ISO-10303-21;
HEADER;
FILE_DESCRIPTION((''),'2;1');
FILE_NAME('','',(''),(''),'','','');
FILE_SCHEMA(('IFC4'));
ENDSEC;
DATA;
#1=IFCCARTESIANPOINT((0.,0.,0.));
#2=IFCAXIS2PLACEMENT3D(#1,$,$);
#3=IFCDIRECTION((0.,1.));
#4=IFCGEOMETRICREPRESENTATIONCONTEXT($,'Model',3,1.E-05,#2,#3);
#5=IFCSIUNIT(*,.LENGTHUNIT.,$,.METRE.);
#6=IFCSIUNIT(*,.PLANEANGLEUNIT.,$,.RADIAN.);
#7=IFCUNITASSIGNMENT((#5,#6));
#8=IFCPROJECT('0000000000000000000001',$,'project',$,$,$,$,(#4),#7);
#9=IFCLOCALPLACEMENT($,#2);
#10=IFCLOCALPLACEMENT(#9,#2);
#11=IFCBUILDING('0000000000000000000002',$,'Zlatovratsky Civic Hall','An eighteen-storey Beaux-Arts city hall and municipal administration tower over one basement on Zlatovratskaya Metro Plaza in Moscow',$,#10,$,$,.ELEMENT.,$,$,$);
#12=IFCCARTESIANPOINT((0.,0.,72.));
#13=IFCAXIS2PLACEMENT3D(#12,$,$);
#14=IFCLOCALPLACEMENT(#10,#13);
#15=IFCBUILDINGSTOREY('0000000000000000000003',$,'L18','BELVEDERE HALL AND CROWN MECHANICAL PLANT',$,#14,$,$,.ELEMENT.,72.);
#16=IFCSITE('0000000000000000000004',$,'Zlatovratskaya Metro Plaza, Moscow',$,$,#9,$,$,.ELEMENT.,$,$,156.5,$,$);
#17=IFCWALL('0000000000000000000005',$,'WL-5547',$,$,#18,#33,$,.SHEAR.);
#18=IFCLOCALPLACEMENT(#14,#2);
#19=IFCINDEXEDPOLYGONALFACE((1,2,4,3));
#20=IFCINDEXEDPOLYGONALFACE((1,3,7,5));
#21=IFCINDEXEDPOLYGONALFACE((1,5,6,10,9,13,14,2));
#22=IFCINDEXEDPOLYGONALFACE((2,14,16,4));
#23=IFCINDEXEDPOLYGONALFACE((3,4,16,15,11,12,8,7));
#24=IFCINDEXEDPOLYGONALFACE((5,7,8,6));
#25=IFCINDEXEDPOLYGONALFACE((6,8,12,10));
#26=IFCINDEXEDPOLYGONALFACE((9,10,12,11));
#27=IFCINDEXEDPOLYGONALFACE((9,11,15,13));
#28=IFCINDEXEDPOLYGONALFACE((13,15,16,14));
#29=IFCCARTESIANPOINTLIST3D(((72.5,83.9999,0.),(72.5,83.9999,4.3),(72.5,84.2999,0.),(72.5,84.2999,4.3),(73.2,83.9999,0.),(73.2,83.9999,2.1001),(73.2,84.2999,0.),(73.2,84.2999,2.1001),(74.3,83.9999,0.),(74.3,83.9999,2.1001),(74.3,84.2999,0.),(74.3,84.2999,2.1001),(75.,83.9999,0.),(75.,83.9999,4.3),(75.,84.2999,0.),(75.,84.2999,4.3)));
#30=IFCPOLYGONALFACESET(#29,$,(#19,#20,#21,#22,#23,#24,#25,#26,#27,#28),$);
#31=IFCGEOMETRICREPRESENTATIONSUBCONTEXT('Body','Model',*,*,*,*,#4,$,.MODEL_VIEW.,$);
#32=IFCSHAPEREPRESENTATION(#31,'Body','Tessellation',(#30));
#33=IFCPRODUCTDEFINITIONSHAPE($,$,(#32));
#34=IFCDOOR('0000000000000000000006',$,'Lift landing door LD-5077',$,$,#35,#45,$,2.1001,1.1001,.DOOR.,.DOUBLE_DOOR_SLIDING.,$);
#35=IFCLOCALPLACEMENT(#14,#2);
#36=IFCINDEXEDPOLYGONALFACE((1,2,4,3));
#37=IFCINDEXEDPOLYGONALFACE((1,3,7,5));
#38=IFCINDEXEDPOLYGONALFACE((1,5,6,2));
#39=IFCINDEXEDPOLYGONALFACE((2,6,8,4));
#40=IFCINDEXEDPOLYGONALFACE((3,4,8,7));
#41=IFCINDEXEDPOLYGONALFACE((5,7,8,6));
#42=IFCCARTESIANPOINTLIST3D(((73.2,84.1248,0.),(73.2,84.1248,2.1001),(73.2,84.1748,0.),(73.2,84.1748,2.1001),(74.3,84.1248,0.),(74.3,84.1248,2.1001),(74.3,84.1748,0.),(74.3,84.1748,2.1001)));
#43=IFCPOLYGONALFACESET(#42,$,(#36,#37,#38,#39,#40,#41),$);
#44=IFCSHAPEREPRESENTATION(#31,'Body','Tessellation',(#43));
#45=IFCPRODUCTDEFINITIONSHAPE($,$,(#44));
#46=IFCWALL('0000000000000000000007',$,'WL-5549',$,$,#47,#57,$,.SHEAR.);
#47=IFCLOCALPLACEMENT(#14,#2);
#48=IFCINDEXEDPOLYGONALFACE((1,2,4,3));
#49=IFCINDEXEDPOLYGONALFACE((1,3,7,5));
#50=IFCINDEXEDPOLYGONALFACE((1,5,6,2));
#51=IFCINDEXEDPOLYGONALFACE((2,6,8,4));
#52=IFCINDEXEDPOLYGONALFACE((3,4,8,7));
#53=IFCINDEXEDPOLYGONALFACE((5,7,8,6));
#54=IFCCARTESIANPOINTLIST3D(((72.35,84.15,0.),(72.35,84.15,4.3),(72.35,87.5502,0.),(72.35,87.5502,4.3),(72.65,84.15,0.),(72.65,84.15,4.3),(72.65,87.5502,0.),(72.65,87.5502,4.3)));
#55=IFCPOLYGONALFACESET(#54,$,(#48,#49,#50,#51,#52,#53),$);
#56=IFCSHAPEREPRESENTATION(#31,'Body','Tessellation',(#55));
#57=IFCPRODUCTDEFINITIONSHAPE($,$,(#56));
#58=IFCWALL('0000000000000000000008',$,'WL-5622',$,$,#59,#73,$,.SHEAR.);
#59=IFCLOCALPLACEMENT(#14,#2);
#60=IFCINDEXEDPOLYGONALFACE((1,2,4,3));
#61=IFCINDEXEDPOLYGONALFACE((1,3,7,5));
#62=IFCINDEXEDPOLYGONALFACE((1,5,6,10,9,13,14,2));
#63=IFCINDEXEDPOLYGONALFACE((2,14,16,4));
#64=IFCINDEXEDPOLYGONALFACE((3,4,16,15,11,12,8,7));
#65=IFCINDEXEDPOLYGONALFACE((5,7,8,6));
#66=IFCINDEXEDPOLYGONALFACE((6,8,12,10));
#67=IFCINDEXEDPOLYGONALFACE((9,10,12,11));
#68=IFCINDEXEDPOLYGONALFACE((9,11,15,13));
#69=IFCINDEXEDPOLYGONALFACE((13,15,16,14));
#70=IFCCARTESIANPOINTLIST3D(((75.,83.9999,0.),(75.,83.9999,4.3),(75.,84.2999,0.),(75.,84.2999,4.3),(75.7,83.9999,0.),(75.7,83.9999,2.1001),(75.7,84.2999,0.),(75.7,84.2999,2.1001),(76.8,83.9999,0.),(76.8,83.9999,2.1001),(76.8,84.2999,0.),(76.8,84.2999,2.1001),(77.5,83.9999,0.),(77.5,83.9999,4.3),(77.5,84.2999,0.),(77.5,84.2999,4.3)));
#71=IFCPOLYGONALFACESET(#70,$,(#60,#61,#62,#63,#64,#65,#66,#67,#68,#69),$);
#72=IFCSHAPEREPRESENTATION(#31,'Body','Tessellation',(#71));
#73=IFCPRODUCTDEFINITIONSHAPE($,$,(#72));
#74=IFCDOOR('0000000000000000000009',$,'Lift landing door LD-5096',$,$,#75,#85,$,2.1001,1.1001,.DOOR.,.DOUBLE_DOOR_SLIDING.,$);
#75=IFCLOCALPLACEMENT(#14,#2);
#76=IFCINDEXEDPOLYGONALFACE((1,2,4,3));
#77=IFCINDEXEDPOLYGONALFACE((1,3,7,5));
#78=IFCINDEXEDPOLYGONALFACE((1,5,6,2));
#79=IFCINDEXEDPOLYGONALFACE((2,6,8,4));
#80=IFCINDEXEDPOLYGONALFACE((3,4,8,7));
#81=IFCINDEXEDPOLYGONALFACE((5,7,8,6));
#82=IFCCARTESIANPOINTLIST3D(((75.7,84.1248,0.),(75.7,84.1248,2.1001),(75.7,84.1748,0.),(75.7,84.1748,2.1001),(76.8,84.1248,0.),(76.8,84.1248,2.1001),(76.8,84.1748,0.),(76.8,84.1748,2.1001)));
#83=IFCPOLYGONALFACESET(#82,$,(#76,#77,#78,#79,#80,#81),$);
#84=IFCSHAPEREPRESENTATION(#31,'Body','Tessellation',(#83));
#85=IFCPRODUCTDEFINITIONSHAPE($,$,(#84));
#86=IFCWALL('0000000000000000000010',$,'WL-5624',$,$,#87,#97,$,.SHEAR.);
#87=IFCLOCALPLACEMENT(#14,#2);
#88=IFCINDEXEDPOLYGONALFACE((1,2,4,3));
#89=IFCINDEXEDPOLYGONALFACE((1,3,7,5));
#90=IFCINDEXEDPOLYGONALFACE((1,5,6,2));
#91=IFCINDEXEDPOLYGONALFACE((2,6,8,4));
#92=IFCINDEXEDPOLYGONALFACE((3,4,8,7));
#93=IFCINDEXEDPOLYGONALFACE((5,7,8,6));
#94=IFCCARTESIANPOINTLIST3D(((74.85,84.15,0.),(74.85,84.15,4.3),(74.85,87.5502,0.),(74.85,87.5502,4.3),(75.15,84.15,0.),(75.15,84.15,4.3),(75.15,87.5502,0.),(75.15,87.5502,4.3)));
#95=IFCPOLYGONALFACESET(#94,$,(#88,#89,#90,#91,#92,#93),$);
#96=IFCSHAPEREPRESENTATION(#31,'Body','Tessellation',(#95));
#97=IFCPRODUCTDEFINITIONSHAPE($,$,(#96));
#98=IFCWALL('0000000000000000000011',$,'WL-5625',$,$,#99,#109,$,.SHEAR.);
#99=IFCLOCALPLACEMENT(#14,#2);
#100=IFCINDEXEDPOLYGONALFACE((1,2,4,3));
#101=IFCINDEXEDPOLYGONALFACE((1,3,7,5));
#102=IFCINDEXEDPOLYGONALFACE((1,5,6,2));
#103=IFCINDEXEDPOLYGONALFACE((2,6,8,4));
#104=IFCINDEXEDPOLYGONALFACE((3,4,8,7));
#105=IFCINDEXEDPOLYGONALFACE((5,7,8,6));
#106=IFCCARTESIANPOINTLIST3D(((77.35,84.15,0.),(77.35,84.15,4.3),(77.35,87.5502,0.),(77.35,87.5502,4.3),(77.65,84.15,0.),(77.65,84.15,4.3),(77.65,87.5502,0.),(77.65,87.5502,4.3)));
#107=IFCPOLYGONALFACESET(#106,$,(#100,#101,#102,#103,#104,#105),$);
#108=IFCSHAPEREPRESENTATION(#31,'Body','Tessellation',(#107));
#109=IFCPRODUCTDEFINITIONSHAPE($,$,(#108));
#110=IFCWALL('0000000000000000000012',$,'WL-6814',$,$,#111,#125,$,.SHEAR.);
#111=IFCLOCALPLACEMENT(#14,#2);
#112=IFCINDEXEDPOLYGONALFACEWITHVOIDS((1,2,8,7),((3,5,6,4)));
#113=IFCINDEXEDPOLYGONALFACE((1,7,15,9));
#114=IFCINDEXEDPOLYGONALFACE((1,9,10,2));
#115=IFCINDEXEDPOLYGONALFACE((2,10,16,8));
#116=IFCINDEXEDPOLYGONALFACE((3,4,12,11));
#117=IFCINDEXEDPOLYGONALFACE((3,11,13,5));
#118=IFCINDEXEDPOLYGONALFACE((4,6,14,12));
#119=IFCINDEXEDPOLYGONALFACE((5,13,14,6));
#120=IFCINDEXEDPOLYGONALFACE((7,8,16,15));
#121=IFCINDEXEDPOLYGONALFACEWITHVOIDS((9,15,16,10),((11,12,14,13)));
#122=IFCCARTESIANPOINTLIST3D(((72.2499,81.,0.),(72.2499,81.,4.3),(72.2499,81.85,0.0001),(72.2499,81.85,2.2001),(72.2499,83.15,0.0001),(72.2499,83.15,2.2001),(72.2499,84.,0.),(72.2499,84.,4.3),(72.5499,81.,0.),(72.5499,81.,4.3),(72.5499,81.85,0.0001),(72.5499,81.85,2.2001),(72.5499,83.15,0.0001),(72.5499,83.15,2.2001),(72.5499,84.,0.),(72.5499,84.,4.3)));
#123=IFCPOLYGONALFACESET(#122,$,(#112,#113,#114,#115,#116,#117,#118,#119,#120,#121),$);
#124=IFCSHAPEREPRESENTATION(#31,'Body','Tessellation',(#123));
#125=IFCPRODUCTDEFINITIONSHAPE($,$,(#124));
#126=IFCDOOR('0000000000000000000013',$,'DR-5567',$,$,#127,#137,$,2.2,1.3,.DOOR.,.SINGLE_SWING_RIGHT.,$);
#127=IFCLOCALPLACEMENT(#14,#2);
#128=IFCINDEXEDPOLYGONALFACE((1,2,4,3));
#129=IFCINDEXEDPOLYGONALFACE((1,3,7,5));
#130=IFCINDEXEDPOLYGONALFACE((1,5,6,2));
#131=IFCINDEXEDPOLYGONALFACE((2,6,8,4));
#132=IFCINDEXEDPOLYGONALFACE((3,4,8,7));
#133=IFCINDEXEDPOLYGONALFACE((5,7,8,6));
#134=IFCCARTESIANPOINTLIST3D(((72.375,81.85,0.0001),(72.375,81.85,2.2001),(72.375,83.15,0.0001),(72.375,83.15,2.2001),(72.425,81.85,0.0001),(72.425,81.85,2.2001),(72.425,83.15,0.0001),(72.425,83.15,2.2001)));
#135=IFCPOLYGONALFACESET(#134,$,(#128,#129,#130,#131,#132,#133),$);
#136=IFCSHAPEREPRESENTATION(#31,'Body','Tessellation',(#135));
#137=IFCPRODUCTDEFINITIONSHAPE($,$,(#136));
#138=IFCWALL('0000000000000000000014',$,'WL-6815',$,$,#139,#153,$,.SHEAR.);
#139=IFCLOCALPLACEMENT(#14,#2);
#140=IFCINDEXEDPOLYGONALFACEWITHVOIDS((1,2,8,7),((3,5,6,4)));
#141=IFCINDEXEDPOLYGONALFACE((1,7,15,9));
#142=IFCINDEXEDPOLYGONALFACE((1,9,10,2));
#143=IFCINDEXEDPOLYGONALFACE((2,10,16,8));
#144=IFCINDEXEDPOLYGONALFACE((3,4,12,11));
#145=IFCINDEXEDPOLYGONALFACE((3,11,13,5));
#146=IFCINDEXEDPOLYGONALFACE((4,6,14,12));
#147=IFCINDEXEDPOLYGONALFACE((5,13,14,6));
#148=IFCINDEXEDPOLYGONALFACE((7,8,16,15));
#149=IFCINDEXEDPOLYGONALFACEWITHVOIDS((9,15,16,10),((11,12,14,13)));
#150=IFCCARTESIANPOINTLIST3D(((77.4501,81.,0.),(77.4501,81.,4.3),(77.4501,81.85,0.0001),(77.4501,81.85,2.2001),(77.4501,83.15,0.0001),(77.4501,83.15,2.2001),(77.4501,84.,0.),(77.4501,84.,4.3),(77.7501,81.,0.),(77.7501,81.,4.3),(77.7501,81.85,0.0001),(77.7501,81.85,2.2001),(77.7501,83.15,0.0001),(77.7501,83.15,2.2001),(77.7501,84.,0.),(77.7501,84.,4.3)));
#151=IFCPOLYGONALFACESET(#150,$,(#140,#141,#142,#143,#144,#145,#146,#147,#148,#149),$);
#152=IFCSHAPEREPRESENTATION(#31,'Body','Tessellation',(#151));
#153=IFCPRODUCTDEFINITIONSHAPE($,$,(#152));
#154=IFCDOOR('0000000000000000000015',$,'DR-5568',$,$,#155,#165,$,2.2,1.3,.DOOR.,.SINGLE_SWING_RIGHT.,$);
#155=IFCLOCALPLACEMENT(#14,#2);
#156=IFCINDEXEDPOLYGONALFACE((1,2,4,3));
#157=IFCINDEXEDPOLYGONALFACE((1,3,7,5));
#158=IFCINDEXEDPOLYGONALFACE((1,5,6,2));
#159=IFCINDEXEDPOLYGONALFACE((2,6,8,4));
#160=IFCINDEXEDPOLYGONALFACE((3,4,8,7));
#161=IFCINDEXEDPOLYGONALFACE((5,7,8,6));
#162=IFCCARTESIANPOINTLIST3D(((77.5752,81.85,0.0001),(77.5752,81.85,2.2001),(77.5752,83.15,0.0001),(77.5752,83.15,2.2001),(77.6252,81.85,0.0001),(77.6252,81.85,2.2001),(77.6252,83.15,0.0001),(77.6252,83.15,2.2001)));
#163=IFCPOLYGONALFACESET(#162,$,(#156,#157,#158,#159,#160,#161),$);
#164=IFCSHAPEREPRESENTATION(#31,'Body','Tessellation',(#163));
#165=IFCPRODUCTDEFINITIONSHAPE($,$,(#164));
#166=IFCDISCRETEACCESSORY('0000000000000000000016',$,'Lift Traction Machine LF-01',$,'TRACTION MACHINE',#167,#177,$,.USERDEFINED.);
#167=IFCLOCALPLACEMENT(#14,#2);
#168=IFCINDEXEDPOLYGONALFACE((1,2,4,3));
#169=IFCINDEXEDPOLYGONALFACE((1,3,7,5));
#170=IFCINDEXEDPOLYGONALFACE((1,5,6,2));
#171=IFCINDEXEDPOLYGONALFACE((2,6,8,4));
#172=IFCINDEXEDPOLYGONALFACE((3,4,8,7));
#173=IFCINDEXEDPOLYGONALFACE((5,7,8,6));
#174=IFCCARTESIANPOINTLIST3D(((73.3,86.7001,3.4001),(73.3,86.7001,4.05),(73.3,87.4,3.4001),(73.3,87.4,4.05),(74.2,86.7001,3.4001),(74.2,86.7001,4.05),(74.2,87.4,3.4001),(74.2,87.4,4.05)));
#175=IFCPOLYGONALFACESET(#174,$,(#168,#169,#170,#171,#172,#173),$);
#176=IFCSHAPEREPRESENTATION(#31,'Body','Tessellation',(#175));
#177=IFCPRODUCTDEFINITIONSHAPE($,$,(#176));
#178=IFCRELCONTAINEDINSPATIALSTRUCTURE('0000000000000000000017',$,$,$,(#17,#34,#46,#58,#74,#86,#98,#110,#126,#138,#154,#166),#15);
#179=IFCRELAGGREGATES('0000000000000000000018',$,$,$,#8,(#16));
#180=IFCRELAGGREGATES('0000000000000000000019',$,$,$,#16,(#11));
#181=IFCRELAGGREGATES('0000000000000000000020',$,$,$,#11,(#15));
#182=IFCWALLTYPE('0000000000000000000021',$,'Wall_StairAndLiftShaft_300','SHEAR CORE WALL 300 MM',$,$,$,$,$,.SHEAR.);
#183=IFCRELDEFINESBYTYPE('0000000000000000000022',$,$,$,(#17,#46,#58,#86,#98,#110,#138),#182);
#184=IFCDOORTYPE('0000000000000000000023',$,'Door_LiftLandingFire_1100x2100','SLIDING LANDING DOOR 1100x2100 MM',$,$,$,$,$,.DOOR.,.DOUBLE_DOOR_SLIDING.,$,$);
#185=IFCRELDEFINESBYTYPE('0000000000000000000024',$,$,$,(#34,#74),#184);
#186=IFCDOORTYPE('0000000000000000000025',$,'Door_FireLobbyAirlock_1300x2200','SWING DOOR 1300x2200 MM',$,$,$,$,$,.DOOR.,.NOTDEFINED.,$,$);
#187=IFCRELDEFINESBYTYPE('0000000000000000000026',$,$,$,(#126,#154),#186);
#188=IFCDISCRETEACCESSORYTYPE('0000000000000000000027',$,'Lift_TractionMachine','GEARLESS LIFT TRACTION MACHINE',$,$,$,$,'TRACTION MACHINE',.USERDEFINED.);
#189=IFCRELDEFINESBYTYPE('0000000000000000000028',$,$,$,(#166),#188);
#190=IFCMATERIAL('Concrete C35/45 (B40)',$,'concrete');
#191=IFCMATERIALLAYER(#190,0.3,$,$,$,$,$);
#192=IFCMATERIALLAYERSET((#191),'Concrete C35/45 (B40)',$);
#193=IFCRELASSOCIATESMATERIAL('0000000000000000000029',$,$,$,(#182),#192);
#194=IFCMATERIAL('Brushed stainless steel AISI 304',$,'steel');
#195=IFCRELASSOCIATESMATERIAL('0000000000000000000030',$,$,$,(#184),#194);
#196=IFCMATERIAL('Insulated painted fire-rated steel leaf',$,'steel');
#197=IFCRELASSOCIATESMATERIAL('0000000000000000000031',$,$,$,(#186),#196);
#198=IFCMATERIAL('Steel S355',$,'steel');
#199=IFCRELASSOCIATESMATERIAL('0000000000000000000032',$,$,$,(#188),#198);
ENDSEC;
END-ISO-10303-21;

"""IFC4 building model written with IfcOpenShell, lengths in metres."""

from ifc_helpers import new_model, si_unit, direction, frame, frame_2d, origin, origin_2d, place, context, subcontext, project, spatial, rectangle, extrude, material, layer, layer_set, type_object, element, fill, save


model = new_model("IFC4")

# Units and contexts
model_context = context("Model", 3, precision=1e-05, world=origin(), true_north=direction((0.0, 1.0)))
body_context = subcontext(model_context, "Body", "Model", "MODEL_VIEW")
ifc_project = project(units=[si_unit("LENGTHUNIT", "METRE"), si_unit("PLANEANGLEUNIT", "RADIAN")], contexts=[model_context])

# Site, building, storey
site_placement = place(None, origin())
site = spatial("IfcSite", under=ifc_project, at=site_placement, Name="Zlatovratskaya Metro Plaza, Moscow", CompositionType="ELEMENT", RefElevation=156.5)
building_placement = place(site_placement, origin())
building = spatial("IfcBuilding", under=site, at=building_placement, Name="Zlatovratsky Civic Hall", Description="An eighteen-storey Beaux-Arts city hall and municipal administration tower over one basement on Zlatovratskaya Metro Plaza in Moscow", CompositionType="ELEMENT")
storey_placement = place(building_placement, frame((0.0, 0.0, 72.0)))
storey = spatial("IfcBuildingStorey", under=building, at=storey_placement, Name="L18", Description="BELVEDERE HALL AND CROWN MECHANICAL PLANT", CompositionType="ELEMENT", Elevation=72.0)

# Shared definitions
ifc_material_1 = material(Name="Concrete C35/45 (B40)", Category="concrete")

# Shared definitions
ifc_material_2 = material(Name="Steel S355", Category="steel")

# Wall, opening, door
ifc_layer_1 = layer(ifc_material_1, 0.3)
ifc_layer_set_1 = layer_set([ifc_layer_1], Name="Concrete C35/45 (B40)")
wall_type_1 = type_object("IfcWallType", Name="Wall_StairAndLiftShaft_300", Description="SHEAR CORE WALL 300 MM", PredefinedType="SHEAR", material=ifc_layer_set_1)
wall_1_placement = place(storey_placement, frame((72.5, 84.1499, 0.0), z_axis=(0.0, 0.0, 1.0), x_axis=(1.0, 0.0, 0.0)))
wall_1 = element("IfcWall", 1, at=wall_1_placement, inside=storey, type_object=wall_type_1, Name="WL-5547", PredefinedType="SHEAR", context=body_context, shape_type="SweptSolid", body=[
    extrude(rectangle(XDim=2.5, YDim=0.3, at=frame_2d((1.25, 0.0))), origin(), (0.0, 0.0, 1.0), 4.3),
])
opening_1_placement = place(wall_1_placement, frame((0.7, 0.0, 0.0)))
opening_1 = element("IfcOpeningElement", 2, at=opening_1_placement, cuts=wall_1, PredefinedType="OPENING", context=body_context, shape_type="SweptSolid", body=[
    extrude(rectangle(XDim=1.1001, YDim=2.1001, at=frame_2d((0.55, 1.05))), frame((0.0, 0.165, 0.0), z_axis=(0.0, -1.0, 0.0), x_axis=(1.0, 0.0, 0.0)), (0.0, 0.0, 1.0), 0.3298),
])
ifc_material_3 = material(Name="Brushed stainless steel AISI 304", Category="steel")
door_type_1 = type_object("IfcDoorType", Name="Door_LiftLandingFire_1100x2100", Description="SLIDING LANDING DOOR 1100x2100 MM", OperationType="DOUBLE_DOOR_SLIDING", PredefinedType="DOOR", material=ifc_material_3)
door_1_placement = place(opening_1_placement, origin())
door_1 = element("IfcDoor", 3, at=door_1_placement, inside=storey, type_object=door_type_1, Name="Lift landing door LD-5077", OperationType="DOUBLE_DOOR_SLIDING", OverallHeight=2.1001, OverallWidth=1.1001, PredefinedType="DOOR", context=body_context, shape_type="SweptSolid", body=[
    extrude(rectangle(XDim=1.1001, YDim=2.1001, at=frame_2d((0.55, 1.05))), frame((0.0, 0.0249, 0.0), z_axis=(0.0, -1.0, 0.0), x_axis=(1.0, 0.0, 0.0)), (0.0, 0.0, 1.0), 0.05),
])
fill(opening_1, door_1)

# Wall
wall_2_placement = place(storey_placement, frame((72.5, 84.1499, 0.0), z_axis=(0.0, 0.0, 1.0), x_axis=(0.0, 1.0, 0.0)))
element("IfcWall", 4, at=wall_2_placement, inside=storey, type_object=wall_type_1, Name="WL-5549", PredefinedType="SHEAR", context=body_context, shape_type="SweptSolid", body=[
    extrude(rectangle(XDim=3.4001, YDim=0.3, at=frame_2d((1.7002, 0.0))), origin(), (0.0, 0.0, 1.0), 4.3),
])

# Wall, opening, door
wall_3_placement = place(storey_placement, frame((75.0, 84.1499, 0.0), z_axis=(0.0, 0.0, 1.0), x_axis=(1.0, 0.0, 0.0)))
wall_3 = element("IfcWall", 5, at=wall_3_placement, inside=storey, type_object=wall_type_1, Name="WL-5622", PredefinedType="SHEAR", context=body_context, shape_type="SweptSolid", body=[
    extrude(rectangle(XDim=2.5, YDim=0.3, at=frame_2d((1.25, 0.0))), origin(), (0.0, 0.0, 1.0), 4.3),
])
opening_2_placement = place(wall_3_placement, frame((0.7, 0.0, 0.0)))
opening_2 = element("IfcOpeningElement", 6, at=opening_2_placement, cuts=wall_3, PredefinedType="OPENING", context=body_context, shape_type="SweptSolid", body=[
    extrude(rectangle(XDim=1.1001, YDim=2.1001, at=frame_2d((0.55, 1.05))), frame((0.0, 0.165, 0.0), z_axis=(0.0, -1.0, 0.0), x_axis=(1.0, 0.0, 0.0)), (0.0, 0.0, 1.0), 0.3298),
])
door_2_placement = place(opening_2_placement, origin())
door_2 = element("IfcDoor", 7, at=door_2_placement, inside=storey, type_object=door_type_1, Name="Lift landing door LD-5096", OperationType="DOUBLE_DOOR_SLIDING", OverallHeight=2.1001, OverallWidth=1.1001, PredefinedType="DOOR", context=body_context, shape_type="SweptSolid", body=[
    extrude(rectangle(XDim=1.1001, YDim=2.1001, at=frame_2d((0.55, 1.05))), frame((0.0, 0.0249, 0.0), z_axis=(0.0, -1.0, 0.0), x_axis=(1.0, 0.0, 0.0)), (0.0, 0.0, 1.0), 0.05),
])
fill(opening_2, door_2)

# Walls
for number, where, z_axis, x_axis, name in (
    (8, (75.0, 84.1499, 0.0), (0.0, 0.0, 1.0), (0.0, 1.0, 0.0), "WL-5624"),
    (9, (77.5, 84.1499, 0.0), (0.0, 0.0, 1.0), (0.0, 1.0, 0.0), "WL-5625"),
):
    element("IfcWall", number, at=place(storey_placement, frame(where, z_axis=z_axis, x_axis=x_axis)), inside=storey, type_object=wall_type_1, Name=name, PredefinedType="SHEAR", context=body_context, shape_type="SweptSolid", body=[
        extrude(rectangle(XDim=3.4001, YDim=0.3, at=frame_2d((1.7002, 0.0))), origin(), (0.0, 0.0, 1.0), 4.3),
    ])

# Walls, openings, doors
wall_4_placement = place(storey_placement, frame((72.3999, 81.0, 0.0), z_axis=(0.0, 0.0, 1.0), x_axis=(0.0, 1.0, 0.0)))
wall_4 = element("IfcWall", 10, at=wall_4_placement, inside=storey, type_object=wall_type_1, Name="WL-6814", PredefinedType="SHEAR", context=body_context, shape_type="SweptSolid", body=[
    extrude(rectangle(XDim=3.0, YDim=0.3, at=frame_2d((1.5, 0.0))), origin(), (0.0, 0.0, 1.0), 4.3),
])
opening_3_placement = place(wall_4_placement, frame((0.8501, 0.0, 0.0)))
opening_3 = element("IfcOpeningElement", 11, at=opening_3_placement, cuts=wall_4, PredefinedType="OPENING", context=body_context, shape_type="SweptSolid", body=[
    extrude(rectangle(XDim=1.3, YDim=2.2, at=frame_2d((0.6499, 1.1001))), frame((0.0, 0.165, 0.0), z_axis=(0.0, -1.0, 0.0), x_axis=(1.0, 0.0, 0.0)), (0.0, 0.0, 1.0), 0.3298),
])
ifc_material_4 = material(Name="Insulated painted fire-rated steel leaf", Category="steel")
door_type_2 = type_object("IfcDoorType", Name="Door_FireLobbyAirlock_1300x2200", Description="SWING DOOR 1300x2200 MM", OperationType="NOTDEFINED", PredefinedType="DOOR", material=ifc_material_4)
door_3_placement = place(opening_3_placement, origin())
door_3 = element("IfcDoor", 12, at=door_3_placement, inside=storey, type_object=door_type_2, Name="DR-5567", OperationType="SINGLE_SWING_RIGHT", OverallHeight=2.2, OverallWidth=1.3, PredefinedType="DOOR", context=body_context, shape_type="SweptSolid", body=[
    extrude(rectangle(XDim=1.3, YDim=2.2, at=frame_2d((0.6499, 1.1001))), frame((0.0, 0.0249, 0.0), z_axis=(0.0, -1.0, 0.0), x_axis=(1.0, 0.0, 0.0)), (0.0, 0.0, 1.0), 0.05),
])
fill(opening_3, door_3)
wall_5_placement = place(storey_placement, frame((77.6001, 81.0, 0.0), z_axis=(0.0, 0.0, 1.0), x_axis=(0.0, 1.0, 0.0)))
wall_5 = element("IfcWall", 13, at=wall_5_placement, inside=storey, type_object=wall_type_1, Name="WL-6815", PredefinedType="SHEAR", context=body_context, shape_type="SweptSolid", body=[
    extrude(rectangle(XDim=3.0, YDim=0.3, at=frame_2d((1.5, 0.0))), origin(), (0.0, 0.0, 1.0), 4.3),
])
opening_4_placement = place(wall_5_placement, frame((0.8501, 0.0, 0.0)))
opening_4 = element("IfcOpeningElement", 14, at=opening_4_placement, cuts=wall_5, PredefinedType="OPENING", context=body_context, shape_type="SweptSolid", body=[
    extrude(rectangle(XDim=1.3, YDim=2.2, at=frame_2d((0.6499, 1.1001))), frame((0.0, 0.165, 0.0), z_axis=(0.0, -1.0, 0.0), x_axis=(1.0, 0.0, 0.0)), (0.0, 0.0, 1.0), 0.3298),
])
door_4_placement = place(opening_4_placement, origin())
door_4 = element("IfcDoor", 15, at=door_4_placement, inside=storey, type_object=door_type_2, Name="DR-5568", OperationType="SINGLE_SWING_RIGHT", OverallHeight=2.2, OverallWidth=1.3, PredefinedType="DOOR", context=body_context, shape_type="SweptSolid", body=[
    extrude(rectangle(XDim=1.3, YDim=2.2, at=frame_2d((0.6499, 1.1001))), frame((0.0, 0.0249, 0.0), z_axis=(0.0, -1.0, 0.0), x_axis=(1.0, 0.0, 0.0)), (0.0, 0.0, 1.0), 0.05),
])
fill(opening_4, door_4)

# Discrete accessory
discrete_accessory_type = type_object("IfcDiscreteAccessoryType", Name="Lift_TractionMachine", Description="GEARLESS LIFT TRACTION MACHINE", ElementType="TRACTION MACHINE", PredefinedType="USERDEFINED", material=ifc_material_2)
for number, where, z_axis, x_axis, name in (
    (16, (73.75, 87.05, 3.4001), (0.0, 0.0, 1.0), (1.0, 0.0, 0.0), "Lift Traction Machine LF-01"),
):
    element("IfcDiscreteAccessory", number, at=place(storey_placement, frame(where, z_axis=z_axis, x_axis=x_axis)), inside=storey, type_object=discrete_accessory_type, Name=name, ObjectType="TRACTION MACHINE", PredefinedType="USERDEFINED", context=body_context, shape_type="SweptSolid", body=[
        extrude(rectangle(XDim=0.8999, YDim=0.7, at=origin_2d()), origin(), (0.0, 0.0, 1.0), 0.6499),
    ])

save(model, "model.ifc")
